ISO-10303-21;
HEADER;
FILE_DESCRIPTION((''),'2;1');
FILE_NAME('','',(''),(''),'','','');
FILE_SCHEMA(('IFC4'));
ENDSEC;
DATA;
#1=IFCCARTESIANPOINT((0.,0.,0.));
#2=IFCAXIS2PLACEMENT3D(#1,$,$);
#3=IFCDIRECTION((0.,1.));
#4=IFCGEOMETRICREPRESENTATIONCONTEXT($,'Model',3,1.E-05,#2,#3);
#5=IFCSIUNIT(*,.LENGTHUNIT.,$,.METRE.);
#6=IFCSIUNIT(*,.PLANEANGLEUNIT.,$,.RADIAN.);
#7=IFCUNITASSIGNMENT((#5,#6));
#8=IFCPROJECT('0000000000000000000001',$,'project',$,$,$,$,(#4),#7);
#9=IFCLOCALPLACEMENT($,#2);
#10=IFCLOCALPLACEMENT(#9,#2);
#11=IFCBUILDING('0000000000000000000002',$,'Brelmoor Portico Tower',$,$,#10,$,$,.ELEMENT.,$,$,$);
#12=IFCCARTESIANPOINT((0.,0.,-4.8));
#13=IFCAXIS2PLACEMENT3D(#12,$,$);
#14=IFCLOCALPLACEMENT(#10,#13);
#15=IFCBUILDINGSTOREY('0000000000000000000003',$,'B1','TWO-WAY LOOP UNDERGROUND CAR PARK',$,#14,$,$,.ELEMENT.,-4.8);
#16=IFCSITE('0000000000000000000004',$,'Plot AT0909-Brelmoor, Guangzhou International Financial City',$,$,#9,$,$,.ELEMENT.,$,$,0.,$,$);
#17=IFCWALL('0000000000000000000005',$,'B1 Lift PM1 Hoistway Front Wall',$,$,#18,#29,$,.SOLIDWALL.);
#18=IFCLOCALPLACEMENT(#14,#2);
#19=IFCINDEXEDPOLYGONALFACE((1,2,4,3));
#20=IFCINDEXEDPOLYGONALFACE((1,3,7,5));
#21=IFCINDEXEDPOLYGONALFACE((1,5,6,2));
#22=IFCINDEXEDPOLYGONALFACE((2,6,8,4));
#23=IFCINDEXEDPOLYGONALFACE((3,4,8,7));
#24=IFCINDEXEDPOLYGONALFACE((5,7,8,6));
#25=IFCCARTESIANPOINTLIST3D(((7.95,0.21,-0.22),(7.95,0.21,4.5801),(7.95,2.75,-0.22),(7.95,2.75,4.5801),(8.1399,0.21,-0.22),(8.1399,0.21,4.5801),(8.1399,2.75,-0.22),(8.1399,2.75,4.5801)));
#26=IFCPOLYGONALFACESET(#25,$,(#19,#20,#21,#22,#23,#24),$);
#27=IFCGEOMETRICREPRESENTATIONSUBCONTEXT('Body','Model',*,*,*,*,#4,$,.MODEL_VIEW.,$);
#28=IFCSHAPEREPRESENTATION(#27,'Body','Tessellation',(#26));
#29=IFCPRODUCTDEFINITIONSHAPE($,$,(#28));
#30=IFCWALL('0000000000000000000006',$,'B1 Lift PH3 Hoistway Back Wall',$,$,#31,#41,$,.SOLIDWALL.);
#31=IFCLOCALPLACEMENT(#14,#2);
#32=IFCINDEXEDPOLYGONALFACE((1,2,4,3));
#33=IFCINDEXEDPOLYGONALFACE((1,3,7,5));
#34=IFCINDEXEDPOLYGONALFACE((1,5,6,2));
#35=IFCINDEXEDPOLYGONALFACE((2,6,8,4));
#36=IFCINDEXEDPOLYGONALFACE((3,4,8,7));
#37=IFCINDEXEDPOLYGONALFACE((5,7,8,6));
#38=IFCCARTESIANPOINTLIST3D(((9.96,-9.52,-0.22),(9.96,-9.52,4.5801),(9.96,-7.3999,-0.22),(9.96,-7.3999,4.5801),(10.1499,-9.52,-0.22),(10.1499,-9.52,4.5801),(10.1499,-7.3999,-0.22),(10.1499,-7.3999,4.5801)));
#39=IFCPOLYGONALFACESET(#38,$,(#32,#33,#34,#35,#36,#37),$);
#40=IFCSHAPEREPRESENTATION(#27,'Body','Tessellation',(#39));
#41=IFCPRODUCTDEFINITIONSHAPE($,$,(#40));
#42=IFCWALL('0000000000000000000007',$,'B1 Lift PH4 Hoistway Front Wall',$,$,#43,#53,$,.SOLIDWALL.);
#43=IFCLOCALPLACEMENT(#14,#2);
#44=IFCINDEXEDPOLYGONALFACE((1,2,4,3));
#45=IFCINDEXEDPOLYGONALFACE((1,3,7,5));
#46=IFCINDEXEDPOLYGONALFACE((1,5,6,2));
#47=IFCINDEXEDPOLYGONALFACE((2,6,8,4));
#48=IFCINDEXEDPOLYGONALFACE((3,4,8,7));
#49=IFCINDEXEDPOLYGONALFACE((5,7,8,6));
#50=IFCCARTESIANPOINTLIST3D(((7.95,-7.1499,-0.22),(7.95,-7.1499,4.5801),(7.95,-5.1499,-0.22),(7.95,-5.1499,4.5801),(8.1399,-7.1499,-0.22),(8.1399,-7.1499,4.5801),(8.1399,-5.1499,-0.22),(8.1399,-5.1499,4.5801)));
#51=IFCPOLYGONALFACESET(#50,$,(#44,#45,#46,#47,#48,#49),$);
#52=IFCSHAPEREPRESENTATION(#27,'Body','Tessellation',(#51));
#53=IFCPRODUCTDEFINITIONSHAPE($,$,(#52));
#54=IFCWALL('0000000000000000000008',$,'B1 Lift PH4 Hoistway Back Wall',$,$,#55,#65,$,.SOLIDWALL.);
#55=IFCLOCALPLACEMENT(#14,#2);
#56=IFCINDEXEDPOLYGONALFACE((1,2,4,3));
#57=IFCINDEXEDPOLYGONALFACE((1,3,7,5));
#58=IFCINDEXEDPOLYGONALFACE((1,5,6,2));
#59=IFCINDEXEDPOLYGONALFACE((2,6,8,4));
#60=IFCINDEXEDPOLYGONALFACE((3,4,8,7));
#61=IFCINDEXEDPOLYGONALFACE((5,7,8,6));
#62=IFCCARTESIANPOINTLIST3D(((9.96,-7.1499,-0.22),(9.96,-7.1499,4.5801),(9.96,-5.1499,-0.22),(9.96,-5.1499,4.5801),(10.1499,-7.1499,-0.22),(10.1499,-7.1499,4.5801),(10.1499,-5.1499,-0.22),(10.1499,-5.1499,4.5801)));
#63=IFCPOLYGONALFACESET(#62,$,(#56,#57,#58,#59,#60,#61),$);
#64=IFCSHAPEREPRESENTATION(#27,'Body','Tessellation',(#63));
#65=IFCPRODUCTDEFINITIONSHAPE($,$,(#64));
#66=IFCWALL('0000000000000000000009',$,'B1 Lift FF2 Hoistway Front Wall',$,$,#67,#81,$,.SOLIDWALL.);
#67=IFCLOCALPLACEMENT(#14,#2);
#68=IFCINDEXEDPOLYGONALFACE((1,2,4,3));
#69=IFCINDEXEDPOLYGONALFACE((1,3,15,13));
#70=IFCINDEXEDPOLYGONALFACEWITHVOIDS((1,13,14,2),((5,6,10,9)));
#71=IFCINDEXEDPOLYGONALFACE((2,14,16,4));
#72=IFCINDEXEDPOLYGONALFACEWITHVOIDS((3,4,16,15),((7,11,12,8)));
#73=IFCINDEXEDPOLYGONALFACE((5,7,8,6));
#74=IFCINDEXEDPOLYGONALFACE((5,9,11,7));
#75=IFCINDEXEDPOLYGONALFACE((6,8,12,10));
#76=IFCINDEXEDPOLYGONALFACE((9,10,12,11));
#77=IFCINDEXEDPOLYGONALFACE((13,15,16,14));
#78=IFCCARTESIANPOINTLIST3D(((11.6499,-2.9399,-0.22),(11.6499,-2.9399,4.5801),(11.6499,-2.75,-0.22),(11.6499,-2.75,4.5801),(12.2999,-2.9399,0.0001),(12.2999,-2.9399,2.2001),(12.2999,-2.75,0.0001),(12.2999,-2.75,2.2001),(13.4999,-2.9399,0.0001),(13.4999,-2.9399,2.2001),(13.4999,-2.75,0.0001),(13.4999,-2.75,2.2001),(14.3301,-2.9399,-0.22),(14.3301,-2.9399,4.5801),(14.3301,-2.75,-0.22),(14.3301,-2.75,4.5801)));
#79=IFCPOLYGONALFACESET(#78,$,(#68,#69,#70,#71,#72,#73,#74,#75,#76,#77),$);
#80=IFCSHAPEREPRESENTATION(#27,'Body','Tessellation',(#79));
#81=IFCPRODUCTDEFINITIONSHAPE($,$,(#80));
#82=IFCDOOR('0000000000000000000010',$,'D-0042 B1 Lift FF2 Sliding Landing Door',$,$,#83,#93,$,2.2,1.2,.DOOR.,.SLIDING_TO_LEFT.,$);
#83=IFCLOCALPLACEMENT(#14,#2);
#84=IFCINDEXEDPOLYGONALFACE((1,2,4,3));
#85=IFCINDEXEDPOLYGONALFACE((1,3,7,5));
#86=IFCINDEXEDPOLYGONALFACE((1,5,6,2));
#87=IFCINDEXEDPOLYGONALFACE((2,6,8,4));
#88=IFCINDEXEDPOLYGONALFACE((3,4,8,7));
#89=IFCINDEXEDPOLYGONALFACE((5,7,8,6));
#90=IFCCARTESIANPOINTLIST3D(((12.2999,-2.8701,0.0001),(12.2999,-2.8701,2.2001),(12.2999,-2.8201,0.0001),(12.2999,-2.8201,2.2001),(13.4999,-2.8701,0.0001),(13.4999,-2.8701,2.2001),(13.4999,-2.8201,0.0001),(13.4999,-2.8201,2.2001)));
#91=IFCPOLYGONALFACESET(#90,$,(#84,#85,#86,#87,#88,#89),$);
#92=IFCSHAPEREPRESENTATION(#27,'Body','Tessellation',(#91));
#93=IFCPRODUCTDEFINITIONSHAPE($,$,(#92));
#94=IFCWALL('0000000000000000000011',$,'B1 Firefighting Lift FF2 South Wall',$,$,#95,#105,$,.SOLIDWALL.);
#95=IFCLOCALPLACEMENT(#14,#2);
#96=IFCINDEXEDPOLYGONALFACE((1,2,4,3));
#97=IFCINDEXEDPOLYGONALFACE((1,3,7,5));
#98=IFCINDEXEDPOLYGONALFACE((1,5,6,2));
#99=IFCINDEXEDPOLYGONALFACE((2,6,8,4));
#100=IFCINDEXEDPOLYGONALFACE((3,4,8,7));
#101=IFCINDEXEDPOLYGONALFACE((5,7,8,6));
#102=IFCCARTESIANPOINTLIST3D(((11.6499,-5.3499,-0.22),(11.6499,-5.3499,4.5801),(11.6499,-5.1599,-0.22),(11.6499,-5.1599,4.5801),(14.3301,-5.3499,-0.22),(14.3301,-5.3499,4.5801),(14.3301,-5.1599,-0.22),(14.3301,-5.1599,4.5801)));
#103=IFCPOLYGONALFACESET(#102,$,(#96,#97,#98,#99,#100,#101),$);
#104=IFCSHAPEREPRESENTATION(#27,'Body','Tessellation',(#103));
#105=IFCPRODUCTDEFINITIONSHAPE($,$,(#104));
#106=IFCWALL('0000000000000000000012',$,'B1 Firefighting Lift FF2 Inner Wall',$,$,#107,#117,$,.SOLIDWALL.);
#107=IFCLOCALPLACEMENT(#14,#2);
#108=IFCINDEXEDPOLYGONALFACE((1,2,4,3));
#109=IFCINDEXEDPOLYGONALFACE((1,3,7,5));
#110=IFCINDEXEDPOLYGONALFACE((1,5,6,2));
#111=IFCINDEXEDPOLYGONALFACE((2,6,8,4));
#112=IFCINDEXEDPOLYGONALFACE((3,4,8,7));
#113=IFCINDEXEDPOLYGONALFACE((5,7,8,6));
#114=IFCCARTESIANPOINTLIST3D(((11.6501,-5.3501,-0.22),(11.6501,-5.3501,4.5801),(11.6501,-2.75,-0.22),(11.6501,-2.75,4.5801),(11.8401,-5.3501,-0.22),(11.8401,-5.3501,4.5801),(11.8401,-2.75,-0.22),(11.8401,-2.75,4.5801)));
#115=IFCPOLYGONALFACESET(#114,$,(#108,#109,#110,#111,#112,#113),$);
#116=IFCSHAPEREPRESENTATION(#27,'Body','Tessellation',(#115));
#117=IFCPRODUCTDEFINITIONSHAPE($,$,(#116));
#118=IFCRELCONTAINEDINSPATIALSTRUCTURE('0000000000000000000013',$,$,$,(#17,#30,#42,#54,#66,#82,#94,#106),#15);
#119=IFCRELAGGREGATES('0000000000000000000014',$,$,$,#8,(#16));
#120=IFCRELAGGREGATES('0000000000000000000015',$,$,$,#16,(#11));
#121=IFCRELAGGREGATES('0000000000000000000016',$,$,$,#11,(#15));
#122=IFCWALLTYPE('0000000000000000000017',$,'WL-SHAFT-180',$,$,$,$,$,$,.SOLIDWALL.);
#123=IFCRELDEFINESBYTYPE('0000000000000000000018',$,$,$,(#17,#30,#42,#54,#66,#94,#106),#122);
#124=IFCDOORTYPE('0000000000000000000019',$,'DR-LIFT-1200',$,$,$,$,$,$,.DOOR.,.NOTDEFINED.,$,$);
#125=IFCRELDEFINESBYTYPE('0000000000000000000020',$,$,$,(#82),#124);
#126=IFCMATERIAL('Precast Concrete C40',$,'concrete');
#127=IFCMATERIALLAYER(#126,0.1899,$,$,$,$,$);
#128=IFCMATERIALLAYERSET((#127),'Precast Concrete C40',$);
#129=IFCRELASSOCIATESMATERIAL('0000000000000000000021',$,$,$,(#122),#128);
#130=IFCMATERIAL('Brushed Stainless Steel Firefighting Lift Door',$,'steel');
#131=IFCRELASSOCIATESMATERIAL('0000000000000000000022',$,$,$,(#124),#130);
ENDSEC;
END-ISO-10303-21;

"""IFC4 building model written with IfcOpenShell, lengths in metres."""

from ifc_helpers import new_model, si_unit, direction, frame, frame_2d, origin, place, context, subcontext, project, spatial, rectangle, extrude, material, layer, layer_set, type_object, element, fill, save


model = new_model("IFC4")

# Units and contexts
model_context = context("Model", 3, precision=1e-05, world=origin(), true_north=direction((0.0, 1.0)))
body_context = subcontext(model_context, "Body", "Model", "MODEL_VIEW")
ifc_project = project(units=[si_unit("LENGTHUNIT", "METRE"), si_unit("PLANEANGLEUNIT", "RADIAN")], contexts=[model_context])

# Site, building, storey
site_placement = place(None, origin())
site = spatial("IfcSite", under=ifc_project, at=site_placement, Name="Plot AT0909-Brelmoor, Guangzhou International Financial City", CompositionType="ELEMENT", RefElevation=0.0)
building_placement = place(site_placement, origin())
building = spatial("IfcBuilding", under=site, at=building_placement, Name="Brelmoor Portico Tower", CompositionType="ELEMENT")
storey_placement = place(building_placement, frame((0.0, 0.0, -4.8)))
storey = spatial("IfcBuildingStorey", under=building, at=storey_placement, Name="B1", Description="TWO-WAY LOOP UNDERGROUND CAR PARK", CompositionType="ELEMENT", Elevation=-4.8)

# Walls
ifc_material_1 = material(Name="Precast Concrete C40", Category="concrete")
ifc_layer_1 = layer(ifc_material_1, 0.1899)
ifc_layer_set_1 = layer_set([ifc_layer_1], Name="Precast Concrete C40")
wall_type_1 = type_object("IfcWallType", Name="WL-SHAFT-180", PredefinedType="SOLIDWALL", material=ifc_layer_set_1)
wall_1_placement = place(storey_placement, frame((8.0449, 0.21, -0.22), z_axis=(0.0, 0.0, 1.0), x_axis=(0.0, 1.0, 0.0)))
element("IfcWall", 1, at=wall_1_placement, inside=storey, type_object=wall_type_1, Name="B1 Lift PM1 Hoistway Front Wall", PredefinedType="SOLIDWALL", context=body_context, shape_type="SweptSolid", body=[
    extrude(rectangle(XDim=2.54, YDim=0.1899, at=frame_2d((1.27, 0.0))), origin(), (0.0, 0.0, 1.0), 4.8),
])
wall_2_placement = place(storey_placement, frame((10.0549, -9.52, -0.22), z_axis=(0.0, 0.0, 1.0), x_axis=(0.0, 1.0, 0.0)))
element("IfcWall", 2, at=wall_2_placement, inside=storey, type_object=wall_type_1, Name="B1 Lift PH3 Hoistway Back Wall", PredefinedType="SOLIDWALL", context=body_context, shape_type="SweptSolid", body=[
    extrude(rectangle(XDim=2.1201, YDim=0.1899, at=frame_2d((1.0601, 0.0))), origin(), (0.0, 0.0, 1.0), 4.8),
])
for number, where, z_axis, x_axis, name in (
    (3, (8.0449, -7.1499, -0.22), (0.0, 0.0, 1.0), (0.0, 1.0, 0.0), "B1 Lift PH4 Hoistway Front Wall"),
    (4, (10.0549, -7.1499, -0.22), (0.0, 0.0, 1.0), (0.0, 1.0, 0.0), "B1 Lift PH4 Hoistway Back Wall"),
):
    element("IfcWall", number, at=place(storey_placement, frame(where, z_axis=z_axis, x_axis=x_axis)), inside=storey, type_object=wall_type_1, Name=name, PredefinedType="SOLIDWALL", context=body_context, shape_type="SweptSolid", body=[
        extrude(rectangle(XDim=2.0, YDim=0.1899, at=frame_2d((1.0, 0.0))), origin(), (0.0, 0.0, 1.0), 4.8),
    ])

# Wall, opening, door
wall_3_placement = place(storey_placement, frame((11.6499, -2.845, -0.22), z_axis=(0.0, 0.0, 1.0), x_axis=(1.0, 0.0, 0.0)))
wall_3 = element("IfcWall", 5, at=wall_3_placement, inside=storey, type_object=wall_type_1, Name="B1 Lift FF2 Hoistway Front Wall", PredefinedType="SOLIDWALL", context=body_context, shape_type="SweptSolid", body=[
    extrude(rectangle(XDim=2.6802, YDim=0.1899, at=frame_2d((1.3401, 0.0))), origin(), (0.0, 0.0, 1.0), 4.8),
])
opening_1_placement = place(wall_3_placement, frame((0.6499, 0.0, 0.22)))
opening_1 = element("IfcOpeningElement", 6, at=opening_1_placement, cuts=wall_3, PredefinedType="OPENING", context=body_context, shape_type="SweptSolid", body=[
    extrude(rectangle(XDim=1.2, YDim=2.2, at=frame_2d((0.6001, 1.1001))), frame((0.0, 0.105, 0.0), z_axis=(0.0, -1.0, 0.0), x_axis=(1.0, 0.0, 0.0)), (0.0, 0.0, 1.0), 0.21),
])
ifc_material_2 = material(Name="Brushed Stainless Steel Firefighting Lift Door", Category="steel")
door_type_1 = type_object("IfcDoorType", Name="DR-LIFT-1200", OperationType="NOTDEFINED", PredefinedType="DOOR", material=ifc_material_2)
door_1_placement = place(opening_1_placement, origin())
door_1 = element("IfcDoor", 7, at=door_1_placement, inside=storey, type_object=door_type_1, Name="D-0042 B1 Lift FF2 Sliding Landing Door", OperationType="SLIDING_TO_LEFT", OverallHeight=2.2, OverallWidth=1.2, PredefinedType="DOOR", context=body_context, shape_type="SweptSolid", body=[
    extrude(rectangle(XDim=1.2, YDim=2.2, at=frame_2d((0.6001, 1.1001))), frame((0.0, 0.0249, 0.0), z_axis=(0.0, -1.0, 0.0), x_axis=(1.0, 0.0, 0.0)), (0.0, 0.0, 1.0), 0.05),
])
fill(opening_1, door_1)

# Walls
wall_4_placement = place(storey_placement, frame((11.6499, -5.2549, -0.22), z_axis=(0.0, 0.0, 1.0), x_axis=(1.0, 0.0, 0.0)))
element("IfcWall", 8, at=wall_4_placement, inside=storey, type_object=wall_type_1, Name="B1 Firefighting Lift FF2 South Wall", PredefinedType="SOLIDWALL", context=body_context, shape_type="SweptSolid", body=[
    extrude(rectangle(XDim=2.6802, YDim=0.1899, at=frame_2d((1.3401, 0.0))), origin(), (0.0, 0.0, 1.0), 4.8),
])
wall_5_placement = place(storey_placement, frame((11.7451, -5.3501, -0.22), z_axis=(0.0, 0.0, 1.0), x_axis=(0.0, 1.0, 0.0)))
element("IfcWall", 9, at=wall_5_placement, inside=storey, type_object=wall_type_1, Name="B1 Firefighting Lift FF2 Inner Wall", PredefinedType="SOLIDWALL", context=body_context, shape_type="SweptSolid", body=[
    extrude(rectangle(XDim=2.6001, YDim=0.1899, at=frame_2d((1.3, 0.0))), origin(), (0.0, 0.0, 1.0), 4.8),
])

save(model, "model.ifc")
